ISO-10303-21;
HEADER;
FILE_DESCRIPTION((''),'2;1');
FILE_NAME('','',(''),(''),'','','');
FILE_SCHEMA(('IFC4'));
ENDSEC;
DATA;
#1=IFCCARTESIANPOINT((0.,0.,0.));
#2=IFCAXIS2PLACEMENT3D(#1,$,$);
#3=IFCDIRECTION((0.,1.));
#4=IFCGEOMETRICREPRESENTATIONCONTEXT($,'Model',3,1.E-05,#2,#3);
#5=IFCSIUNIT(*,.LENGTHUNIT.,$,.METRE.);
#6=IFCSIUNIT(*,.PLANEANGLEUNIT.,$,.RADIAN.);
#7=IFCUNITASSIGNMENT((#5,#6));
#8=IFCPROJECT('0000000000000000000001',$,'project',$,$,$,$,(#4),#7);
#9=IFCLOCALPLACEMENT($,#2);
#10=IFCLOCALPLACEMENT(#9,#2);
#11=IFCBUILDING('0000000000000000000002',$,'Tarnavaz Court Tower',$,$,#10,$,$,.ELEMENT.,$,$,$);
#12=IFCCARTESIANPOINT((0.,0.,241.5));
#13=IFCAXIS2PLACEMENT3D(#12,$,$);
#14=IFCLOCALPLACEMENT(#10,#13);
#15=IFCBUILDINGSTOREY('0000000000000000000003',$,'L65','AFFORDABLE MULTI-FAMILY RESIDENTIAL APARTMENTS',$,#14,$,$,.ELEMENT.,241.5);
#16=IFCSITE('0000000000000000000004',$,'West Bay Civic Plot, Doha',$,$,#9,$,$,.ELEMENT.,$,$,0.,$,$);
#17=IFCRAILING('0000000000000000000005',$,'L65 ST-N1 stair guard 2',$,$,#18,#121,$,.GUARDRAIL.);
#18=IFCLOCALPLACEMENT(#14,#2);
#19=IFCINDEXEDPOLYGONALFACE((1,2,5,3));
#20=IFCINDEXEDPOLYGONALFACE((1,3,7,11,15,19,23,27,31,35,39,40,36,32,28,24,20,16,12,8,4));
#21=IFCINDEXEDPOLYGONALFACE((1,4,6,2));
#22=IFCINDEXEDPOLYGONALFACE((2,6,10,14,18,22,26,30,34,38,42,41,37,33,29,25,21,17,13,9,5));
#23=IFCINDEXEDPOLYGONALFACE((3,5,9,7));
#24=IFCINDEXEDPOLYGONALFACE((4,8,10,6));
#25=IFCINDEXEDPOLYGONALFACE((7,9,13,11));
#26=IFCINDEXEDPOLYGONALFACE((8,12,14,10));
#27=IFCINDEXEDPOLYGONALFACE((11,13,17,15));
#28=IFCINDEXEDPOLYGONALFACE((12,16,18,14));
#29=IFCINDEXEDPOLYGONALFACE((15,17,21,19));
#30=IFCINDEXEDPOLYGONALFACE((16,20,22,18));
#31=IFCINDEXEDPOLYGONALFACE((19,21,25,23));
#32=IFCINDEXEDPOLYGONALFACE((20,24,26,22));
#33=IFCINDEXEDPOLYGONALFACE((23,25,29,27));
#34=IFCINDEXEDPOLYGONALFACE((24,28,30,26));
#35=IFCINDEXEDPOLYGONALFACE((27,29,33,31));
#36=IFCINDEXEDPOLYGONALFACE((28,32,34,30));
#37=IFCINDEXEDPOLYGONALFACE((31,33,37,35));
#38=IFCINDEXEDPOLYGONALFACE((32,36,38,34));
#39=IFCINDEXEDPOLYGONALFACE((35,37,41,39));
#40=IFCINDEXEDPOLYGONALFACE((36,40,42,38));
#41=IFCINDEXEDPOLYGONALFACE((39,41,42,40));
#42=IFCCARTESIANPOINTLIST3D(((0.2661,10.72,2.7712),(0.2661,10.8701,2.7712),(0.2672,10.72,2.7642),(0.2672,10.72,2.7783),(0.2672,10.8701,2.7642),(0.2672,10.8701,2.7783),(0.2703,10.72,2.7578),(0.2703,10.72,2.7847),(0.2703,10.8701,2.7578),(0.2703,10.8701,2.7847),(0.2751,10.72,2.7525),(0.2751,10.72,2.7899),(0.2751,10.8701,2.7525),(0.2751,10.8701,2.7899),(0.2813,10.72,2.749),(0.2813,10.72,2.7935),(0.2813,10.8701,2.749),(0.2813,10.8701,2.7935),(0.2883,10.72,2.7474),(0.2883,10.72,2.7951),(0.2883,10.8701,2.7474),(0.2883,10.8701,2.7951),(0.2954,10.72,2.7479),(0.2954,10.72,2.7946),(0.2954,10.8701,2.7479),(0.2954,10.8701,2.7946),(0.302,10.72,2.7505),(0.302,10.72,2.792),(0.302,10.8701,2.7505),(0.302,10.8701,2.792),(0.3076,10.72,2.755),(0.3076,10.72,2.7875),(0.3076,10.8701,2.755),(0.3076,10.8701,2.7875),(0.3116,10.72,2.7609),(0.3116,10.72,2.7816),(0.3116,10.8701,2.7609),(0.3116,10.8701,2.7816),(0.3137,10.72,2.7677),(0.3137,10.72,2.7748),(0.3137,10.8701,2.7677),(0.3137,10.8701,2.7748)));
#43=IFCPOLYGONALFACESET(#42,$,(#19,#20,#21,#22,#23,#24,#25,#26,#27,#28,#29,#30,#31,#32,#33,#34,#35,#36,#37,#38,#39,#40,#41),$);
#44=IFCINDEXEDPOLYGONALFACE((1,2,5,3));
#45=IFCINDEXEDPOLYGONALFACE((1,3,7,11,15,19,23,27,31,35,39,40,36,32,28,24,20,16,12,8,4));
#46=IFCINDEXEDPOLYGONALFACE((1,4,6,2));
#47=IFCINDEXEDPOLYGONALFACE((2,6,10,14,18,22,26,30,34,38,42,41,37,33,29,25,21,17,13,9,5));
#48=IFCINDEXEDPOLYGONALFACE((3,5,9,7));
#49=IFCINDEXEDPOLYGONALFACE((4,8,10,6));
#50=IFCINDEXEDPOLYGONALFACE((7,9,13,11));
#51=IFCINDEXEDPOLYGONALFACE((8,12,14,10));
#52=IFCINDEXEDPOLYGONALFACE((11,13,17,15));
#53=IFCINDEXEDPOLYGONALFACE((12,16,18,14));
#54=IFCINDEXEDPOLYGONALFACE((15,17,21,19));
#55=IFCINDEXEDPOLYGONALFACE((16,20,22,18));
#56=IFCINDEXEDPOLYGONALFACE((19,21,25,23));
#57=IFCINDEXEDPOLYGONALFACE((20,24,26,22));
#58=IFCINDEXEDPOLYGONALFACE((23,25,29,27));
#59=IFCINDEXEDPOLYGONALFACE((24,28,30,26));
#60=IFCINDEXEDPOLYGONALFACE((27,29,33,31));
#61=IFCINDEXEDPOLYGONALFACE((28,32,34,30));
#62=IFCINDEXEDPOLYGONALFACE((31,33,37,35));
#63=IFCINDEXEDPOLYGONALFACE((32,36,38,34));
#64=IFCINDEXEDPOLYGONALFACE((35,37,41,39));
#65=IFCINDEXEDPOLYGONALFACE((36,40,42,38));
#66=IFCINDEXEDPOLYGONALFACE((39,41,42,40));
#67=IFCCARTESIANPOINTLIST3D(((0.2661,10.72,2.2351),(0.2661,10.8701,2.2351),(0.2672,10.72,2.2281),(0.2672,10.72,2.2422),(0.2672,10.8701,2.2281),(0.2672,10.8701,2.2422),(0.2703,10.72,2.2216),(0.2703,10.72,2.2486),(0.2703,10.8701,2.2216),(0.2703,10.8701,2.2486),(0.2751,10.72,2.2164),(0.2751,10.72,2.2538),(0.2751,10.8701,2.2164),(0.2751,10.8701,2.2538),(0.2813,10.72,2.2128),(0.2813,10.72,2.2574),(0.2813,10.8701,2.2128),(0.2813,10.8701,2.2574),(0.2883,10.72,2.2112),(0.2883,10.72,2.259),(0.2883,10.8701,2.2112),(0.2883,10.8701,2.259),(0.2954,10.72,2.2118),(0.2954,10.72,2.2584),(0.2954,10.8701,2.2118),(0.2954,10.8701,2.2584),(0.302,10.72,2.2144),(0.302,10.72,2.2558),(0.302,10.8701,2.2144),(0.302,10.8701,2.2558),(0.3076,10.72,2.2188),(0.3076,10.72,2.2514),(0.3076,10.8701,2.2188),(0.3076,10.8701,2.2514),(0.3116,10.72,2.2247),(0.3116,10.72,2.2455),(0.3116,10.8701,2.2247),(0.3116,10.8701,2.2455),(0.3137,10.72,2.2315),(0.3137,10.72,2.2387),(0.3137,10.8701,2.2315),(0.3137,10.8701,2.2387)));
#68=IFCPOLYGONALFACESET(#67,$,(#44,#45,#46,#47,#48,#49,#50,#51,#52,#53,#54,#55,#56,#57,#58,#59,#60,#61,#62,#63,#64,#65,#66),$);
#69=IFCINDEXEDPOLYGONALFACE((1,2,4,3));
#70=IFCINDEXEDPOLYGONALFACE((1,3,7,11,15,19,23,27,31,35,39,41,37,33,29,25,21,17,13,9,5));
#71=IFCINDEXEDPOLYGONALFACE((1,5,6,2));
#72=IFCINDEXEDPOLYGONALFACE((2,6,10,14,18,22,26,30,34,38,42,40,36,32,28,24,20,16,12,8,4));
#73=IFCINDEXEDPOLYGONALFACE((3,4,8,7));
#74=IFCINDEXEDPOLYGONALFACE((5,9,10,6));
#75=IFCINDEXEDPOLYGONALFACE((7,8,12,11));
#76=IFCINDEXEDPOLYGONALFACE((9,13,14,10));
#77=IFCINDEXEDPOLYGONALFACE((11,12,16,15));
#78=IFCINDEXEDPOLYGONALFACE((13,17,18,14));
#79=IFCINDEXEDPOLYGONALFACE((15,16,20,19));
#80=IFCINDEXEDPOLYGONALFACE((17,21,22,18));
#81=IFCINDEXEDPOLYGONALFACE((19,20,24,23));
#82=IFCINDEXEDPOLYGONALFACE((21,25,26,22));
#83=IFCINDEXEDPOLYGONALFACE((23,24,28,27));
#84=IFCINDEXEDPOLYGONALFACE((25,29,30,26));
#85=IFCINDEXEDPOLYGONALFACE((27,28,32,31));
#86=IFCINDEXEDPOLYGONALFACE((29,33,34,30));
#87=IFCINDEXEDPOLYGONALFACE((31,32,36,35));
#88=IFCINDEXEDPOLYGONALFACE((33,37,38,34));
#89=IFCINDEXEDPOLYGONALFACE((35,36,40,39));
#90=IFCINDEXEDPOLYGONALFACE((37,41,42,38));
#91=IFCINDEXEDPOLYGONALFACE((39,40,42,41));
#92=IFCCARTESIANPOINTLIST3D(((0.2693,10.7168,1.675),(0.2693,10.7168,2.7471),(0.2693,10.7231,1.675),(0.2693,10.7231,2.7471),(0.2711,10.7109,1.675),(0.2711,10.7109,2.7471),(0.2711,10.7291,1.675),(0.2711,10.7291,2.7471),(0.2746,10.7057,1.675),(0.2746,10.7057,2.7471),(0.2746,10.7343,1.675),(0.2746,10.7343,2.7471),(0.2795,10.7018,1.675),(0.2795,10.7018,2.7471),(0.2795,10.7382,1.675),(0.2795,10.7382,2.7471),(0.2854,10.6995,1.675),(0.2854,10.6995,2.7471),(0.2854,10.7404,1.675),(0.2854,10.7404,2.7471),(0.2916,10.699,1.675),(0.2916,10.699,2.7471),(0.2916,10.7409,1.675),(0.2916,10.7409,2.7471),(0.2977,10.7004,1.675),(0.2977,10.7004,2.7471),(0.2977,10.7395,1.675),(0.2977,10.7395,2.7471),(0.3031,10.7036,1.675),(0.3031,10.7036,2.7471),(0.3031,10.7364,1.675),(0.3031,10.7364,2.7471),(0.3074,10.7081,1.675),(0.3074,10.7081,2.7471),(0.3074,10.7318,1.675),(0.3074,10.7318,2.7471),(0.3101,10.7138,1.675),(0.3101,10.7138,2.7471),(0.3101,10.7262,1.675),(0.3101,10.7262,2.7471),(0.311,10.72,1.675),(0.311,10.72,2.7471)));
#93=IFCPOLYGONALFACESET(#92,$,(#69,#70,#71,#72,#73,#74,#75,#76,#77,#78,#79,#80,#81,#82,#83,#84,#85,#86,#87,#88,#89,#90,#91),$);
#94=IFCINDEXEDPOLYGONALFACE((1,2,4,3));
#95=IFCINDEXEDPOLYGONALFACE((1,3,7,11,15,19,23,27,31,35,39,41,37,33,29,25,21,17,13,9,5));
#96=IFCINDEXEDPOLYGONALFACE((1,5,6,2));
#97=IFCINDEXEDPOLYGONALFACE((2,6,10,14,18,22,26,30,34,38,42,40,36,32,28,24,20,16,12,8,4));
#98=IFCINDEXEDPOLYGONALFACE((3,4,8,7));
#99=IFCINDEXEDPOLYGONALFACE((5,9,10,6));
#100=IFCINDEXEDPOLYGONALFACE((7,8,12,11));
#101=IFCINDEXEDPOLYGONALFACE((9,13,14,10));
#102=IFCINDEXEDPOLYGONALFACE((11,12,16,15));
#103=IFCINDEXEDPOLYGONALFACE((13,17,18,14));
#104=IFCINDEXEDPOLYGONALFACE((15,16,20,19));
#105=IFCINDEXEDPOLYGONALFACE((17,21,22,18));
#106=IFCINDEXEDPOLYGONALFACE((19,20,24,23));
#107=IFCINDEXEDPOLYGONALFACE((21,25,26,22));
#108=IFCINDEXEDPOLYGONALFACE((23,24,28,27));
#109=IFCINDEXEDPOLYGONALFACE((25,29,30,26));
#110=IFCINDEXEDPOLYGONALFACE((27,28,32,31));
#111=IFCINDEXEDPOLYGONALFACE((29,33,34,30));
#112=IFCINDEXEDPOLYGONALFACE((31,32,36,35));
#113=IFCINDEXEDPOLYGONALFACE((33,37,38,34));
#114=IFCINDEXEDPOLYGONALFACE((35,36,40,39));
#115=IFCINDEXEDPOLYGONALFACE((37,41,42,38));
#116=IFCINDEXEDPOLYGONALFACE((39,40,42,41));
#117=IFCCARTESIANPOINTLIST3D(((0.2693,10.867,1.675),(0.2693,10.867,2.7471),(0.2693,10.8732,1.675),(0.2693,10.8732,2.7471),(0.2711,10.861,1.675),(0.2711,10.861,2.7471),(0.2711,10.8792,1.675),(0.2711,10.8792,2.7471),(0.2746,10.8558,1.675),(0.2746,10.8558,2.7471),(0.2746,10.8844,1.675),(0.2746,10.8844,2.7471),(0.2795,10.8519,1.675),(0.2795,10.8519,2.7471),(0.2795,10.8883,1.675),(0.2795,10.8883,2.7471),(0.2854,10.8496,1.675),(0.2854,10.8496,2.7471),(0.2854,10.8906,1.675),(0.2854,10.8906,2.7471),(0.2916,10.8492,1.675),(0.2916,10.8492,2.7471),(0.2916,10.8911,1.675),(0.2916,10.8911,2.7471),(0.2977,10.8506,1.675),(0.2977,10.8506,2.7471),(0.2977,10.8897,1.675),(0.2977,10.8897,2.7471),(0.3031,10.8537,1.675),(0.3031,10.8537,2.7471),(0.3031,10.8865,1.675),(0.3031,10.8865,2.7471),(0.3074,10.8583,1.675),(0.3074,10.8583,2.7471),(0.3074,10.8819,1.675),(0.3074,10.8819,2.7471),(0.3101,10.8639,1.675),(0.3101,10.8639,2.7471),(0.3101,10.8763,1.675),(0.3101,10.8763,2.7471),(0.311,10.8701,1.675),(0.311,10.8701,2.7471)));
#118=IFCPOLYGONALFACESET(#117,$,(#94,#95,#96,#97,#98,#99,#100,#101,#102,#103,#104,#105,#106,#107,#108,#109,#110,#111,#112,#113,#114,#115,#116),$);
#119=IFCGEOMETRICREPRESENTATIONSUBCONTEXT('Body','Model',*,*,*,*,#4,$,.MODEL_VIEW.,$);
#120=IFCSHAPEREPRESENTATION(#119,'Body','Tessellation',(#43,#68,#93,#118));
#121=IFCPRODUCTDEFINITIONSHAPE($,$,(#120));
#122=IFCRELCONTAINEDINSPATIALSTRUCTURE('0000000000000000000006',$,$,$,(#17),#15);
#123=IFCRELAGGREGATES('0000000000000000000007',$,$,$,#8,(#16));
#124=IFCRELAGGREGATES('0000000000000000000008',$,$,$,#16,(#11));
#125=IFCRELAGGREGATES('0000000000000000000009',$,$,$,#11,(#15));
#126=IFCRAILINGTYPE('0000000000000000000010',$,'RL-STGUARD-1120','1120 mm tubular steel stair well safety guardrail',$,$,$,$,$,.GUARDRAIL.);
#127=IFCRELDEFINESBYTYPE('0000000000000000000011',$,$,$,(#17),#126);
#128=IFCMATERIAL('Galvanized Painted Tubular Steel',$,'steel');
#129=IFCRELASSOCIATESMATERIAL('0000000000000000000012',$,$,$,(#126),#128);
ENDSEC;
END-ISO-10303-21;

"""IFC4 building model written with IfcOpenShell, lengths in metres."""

from ifc_helpers import new_model, si_unit, direction, frame, origin, origin_2d, place, context, subcontext, project, spatial, circle, extrude, material, type_object, element, save


model = new_model("IFC4")

# Units and contexts
model_context = context("Model", 3, precision=1e-05, world=origin(), true_north=direction((0.0, 1.0)))
body_context = subcontext(model_context, "Body", "Model", "MODEL_VIEW")
ifc_project = project(units=[si_unit("LENGTHUNIT", "METRE"), si_unit("PLANEANGLEUNIT", "RADIAN")], contexts=[model_context])

# Site, building, storey
site_placement = place(None, origin())
site = spatial("IfcSite", under=ifc_project, at=site_placement, Name="West Bay Civic Plot, Doha", CompositionType="ELEMENT", RefElevation=0.0)
building_placement = place(site_placement, origin())
building = spatial("IfcBuilding", under=site, at=building_placement, Name="Tarnavaz Court Tower", CompositionType="ELEMENT")
storey_placement = place(building_placement, frame((0.0, 0.0, 241.5)))
storey = spatial("IfcBuildingStorey", under=building, at=storey_placement, Name="L65", Description="AFFORDABLE MULTI-FAMILY RESIDENTIAL APARTMENTS", CompositionType="ELEMENT", Elevation=241.5)

# Railing
ifc_material_1 = material(Name="Galvanized Painted Tubular Steel", Category="steel")
railing_type_1 = type_object("IfcRailingType", Name="RL-STGUARD-1120", Description="1120 mm tubular steel stair well safety guardrail", PredefinedType="GUARDRAIL", material=ifc_material_1)
railing_1_placement = place(storey_placement, frame((0.29, 10.72, 1.675)))
element("IfcRailing", 1, at=railing_1_placement, inside=storey, type_object=railing_type_1, Name="L65 ST-N1 stair guard 2", PredefinedType="GUARDRAIL", context=body_context, shape_type="SweptSolid", body=[
    extrude(circle(Radius=0.0239, at=origin_2d()), frame((0.0, 0.0, 1.0962), z_axis=(0.0, 1.0, 0.0), x_axis=(-1.0, 0.0, 0.0)), (0.0, 0.0, 1.0), 0.1501),
    extrude(circle(Radius=0.0239, at=origin_2d()), frame((0.0, 0.0, 0.5601), z_axis=(0.0, 1.0, 0.0), x_axis=(-1.0, 0.0, 0.0)), (0.0, 0.0, 1.0), 0.1501),
    extrude(circle(Radius=0.021, at=origin_2d()), origin(), (0.0, 0.0, 1.0), 1.072),
    extrude(circle(Radius=0.021, at=origin_2d()), frame((0.0, 0.1501, 0.0)), (0.0, 0.0, 1.0), 1.072),
])

save(model, "model.ifc")
